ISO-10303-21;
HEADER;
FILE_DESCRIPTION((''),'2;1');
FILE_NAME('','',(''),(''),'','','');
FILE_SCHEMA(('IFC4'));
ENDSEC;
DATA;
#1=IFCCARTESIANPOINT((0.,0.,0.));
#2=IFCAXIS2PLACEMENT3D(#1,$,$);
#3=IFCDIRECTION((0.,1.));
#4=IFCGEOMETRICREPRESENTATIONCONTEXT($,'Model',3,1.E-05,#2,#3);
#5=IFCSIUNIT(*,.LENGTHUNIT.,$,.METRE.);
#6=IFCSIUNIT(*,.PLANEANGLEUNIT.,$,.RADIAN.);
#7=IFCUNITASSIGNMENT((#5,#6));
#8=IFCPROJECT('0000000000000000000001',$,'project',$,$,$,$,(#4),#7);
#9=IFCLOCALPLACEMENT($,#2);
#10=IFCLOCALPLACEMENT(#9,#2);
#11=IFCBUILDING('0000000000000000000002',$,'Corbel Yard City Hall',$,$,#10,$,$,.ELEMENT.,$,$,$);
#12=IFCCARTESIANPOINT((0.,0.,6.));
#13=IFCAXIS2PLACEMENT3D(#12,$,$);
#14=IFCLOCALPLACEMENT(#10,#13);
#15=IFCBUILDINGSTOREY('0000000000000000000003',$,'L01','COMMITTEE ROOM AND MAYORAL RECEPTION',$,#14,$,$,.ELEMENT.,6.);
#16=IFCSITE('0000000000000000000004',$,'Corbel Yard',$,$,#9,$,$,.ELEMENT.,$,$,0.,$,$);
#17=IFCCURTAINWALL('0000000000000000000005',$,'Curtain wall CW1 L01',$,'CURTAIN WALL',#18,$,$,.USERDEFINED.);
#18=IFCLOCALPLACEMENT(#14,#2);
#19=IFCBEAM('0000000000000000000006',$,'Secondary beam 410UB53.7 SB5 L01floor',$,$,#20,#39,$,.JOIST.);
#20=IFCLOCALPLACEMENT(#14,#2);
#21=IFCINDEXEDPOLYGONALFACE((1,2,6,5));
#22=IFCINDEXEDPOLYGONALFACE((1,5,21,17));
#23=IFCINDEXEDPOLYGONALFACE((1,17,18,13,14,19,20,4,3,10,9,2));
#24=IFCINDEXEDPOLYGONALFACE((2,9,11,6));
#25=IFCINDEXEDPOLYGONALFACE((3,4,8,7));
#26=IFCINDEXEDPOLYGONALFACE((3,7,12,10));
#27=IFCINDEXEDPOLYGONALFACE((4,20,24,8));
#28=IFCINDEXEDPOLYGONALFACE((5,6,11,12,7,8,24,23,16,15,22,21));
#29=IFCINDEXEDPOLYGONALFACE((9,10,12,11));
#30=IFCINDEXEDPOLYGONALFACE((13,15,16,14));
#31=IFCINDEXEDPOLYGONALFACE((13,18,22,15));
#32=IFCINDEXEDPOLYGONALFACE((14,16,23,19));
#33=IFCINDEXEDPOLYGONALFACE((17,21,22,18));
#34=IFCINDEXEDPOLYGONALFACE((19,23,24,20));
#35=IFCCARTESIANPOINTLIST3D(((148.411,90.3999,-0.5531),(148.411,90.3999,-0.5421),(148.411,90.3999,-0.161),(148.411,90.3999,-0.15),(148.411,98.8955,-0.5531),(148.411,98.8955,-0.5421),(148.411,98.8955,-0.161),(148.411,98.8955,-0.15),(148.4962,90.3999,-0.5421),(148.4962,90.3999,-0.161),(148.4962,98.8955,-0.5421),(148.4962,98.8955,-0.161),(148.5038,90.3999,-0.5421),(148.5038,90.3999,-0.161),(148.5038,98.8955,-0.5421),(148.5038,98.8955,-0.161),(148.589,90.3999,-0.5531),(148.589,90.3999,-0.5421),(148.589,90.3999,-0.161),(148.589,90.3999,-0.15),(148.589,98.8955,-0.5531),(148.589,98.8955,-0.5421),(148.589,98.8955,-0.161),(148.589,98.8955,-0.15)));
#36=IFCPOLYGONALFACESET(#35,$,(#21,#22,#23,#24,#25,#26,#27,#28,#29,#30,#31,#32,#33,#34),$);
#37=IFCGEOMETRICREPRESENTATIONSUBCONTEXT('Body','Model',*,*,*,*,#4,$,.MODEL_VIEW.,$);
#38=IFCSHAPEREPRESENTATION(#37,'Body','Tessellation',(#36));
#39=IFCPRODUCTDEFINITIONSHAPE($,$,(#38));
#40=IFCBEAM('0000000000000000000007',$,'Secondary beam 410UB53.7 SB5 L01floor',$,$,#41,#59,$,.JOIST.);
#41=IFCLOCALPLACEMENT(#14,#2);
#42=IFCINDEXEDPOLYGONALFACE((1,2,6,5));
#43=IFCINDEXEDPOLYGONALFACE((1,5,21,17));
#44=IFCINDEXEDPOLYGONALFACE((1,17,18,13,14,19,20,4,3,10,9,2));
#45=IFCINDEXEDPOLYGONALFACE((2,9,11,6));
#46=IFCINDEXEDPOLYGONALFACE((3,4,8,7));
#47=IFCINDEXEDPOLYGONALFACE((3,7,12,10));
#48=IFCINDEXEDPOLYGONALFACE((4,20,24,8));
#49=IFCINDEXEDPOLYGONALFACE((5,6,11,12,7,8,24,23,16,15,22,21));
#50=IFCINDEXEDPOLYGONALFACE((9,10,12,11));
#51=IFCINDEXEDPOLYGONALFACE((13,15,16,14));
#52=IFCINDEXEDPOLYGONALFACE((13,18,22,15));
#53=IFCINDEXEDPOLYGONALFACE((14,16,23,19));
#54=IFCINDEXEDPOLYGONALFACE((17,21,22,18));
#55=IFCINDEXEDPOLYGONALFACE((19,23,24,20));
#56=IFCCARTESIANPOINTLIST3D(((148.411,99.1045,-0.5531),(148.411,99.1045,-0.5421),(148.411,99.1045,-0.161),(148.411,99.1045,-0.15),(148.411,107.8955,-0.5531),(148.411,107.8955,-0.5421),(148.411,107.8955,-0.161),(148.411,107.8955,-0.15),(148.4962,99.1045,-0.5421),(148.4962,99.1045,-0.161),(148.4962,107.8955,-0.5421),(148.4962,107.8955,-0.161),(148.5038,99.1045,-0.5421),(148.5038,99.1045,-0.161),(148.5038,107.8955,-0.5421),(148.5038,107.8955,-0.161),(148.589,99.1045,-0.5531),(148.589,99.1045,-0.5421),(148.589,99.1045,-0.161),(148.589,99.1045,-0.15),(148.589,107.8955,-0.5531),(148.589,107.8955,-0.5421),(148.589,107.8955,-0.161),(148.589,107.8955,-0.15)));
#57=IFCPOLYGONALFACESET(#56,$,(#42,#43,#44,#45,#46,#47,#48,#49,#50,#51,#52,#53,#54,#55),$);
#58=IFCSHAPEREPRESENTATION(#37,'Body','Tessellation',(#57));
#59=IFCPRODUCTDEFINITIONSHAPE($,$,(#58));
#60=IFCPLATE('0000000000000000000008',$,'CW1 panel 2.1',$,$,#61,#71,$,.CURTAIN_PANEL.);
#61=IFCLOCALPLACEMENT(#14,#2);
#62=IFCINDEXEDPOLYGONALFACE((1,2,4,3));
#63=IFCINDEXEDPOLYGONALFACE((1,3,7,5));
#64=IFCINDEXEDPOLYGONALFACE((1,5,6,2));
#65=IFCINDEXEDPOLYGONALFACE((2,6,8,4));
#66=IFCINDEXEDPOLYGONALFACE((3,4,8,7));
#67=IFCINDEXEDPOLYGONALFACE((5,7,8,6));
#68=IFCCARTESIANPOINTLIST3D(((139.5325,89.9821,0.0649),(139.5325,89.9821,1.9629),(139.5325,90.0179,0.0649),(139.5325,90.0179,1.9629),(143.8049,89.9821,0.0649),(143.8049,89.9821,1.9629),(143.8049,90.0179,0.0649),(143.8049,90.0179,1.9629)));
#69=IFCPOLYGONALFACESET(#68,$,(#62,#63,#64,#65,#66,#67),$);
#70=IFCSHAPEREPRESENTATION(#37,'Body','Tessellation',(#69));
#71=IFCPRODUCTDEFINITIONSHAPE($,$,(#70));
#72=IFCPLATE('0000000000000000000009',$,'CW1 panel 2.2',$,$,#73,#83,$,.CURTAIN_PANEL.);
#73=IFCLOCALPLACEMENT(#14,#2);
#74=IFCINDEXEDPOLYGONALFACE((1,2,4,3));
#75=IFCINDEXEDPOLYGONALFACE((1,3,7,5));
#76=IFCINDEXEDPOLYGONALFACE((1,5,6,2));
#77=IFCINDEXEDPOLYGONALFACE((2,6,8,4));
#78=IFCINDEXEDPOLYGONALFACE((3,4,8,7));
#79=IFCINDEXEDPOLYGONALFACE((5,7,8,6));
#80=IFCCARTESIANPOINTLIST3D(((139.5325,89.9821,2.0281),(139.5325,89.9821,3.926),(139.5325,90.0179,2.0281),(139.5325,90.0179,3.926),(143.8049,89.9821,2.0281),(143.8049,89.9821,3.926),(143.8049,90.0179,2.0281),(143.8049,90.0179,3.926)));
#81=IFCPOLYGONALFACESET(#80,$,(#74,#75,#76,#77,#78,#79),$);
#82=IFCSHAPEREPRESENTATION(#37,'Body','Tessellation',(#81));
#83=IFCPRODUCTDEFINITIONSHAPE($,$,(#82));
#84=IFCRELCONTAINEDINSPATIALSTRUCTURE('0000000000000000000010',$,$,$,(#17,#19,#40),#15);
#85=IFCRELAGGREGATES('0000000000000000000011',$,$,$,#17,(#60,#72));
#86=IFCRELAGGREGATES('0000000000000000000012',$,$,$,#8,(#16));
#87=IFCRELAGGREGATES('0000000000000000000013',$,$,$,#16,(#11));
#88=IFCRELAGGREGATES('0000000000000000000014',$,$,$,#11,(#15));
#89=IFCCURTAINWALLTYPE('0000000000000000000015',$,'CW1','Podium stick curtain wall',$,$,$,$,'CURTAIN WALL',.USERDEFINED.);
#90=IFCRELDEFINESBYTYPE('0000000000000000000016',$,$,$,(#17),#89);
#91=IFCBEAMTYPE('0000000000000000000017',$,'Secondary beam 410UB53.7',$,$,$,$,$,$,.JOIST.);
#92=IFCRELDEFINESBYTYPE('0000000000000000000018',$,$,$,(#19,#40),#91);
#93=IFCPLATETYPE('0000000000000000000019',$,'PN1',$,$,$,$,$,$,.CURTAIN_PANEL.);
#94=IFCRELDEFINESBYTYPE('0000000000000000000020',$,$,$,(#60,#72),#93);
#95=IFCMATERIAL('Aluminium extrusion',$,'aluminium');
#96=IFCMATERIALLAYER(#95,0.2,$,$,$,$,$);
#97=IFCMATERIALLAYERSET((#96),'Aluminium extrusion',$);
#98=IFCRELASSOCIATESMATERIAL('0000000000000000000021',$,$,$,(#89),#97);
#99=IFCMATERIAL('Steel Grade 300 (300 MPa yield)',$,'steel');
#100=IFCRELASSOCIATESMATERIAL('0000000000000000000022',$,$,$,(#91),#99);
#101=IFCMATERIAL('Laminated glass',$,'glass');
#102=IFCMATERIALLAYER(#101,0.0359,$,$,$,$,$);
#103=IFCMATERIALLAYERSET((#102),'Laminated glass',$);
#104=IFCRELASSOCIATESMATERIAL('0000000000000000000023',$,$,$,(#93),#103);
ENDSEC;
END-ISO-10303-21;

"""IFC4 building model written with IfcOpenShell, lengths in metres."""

from ifc_helpers import new_model, si_unit, direction, frame, origin, origin_2d, place, context, subcontext, project, spatial, rectangle, i_section, extrude, material, layer, layer_set, material_profile, profile_set, type_object, element, aggregate, save


model = new_model("IFC4")

# Units and contexts
model_context = context("Model", 3, precision=1e-05, world=origin(), true_north=direction((0.0, 1.0)))
body_context = subcontext(model_context, "Body", "Model", "MODEL_VIEW")
ifc_project = project(units=[si_unit("LENGTHUNIT", "METRE"), si_unit("PLANEANGLEUNIT", "RADIAN")], contexts=[model_context])

# Site, building, storey
site_placement = place(None, origin())
site = spatial("IfcSite", under=ifc_project, at=site_placement, Name="Corbel Yard", CompositionType="ELEMENT", RefElevation=0.0)
building_placement = place(site_placement, origin())
building = spatial("IfcBuilding", under=site, at=building_placement, Name="Corbel Yard City Hall", CompositionType="ELEMENT")
storey_placement = place(building_placement, frame((0.0, 0.0, 6.0)))
storey = spatial("IfcBuildingStorey", under=building, at=storey_placement, Name="L01", Description="COMMITTEE ROOM AND MAYORAL RECEPTION", CompositionType="ELEMENT", Elevation=6.0)

# Shared definitions
ifc_material_1 = material(Name="Steel Grade 300 (300 MPa yield)", Category="steel")

# Curtain wall
ifc_material_2 = material(Name="Aluminium extrusion", Category="aluminium")
ifc_layer_1 = layer(ifc_material_2, 0.2)
ifc_layer_set_1 = layer_set([ifc_layer_1], Name="Aluminium extrusion")
curtain_wall_type = type_object("IfcCurtainWallType", Name="CW1", Description="Podium stick curtain wall", ElementType="CURTAIN WALL", PredefinedType="USERDEFINED", material=ifc_layer_set_1)
curtain_wall_placement = place(storey_placement, origin())
curtain_wall = element("IfcCurtainWall", 1, at=curtain_wall_placement, inside=storey, type_object=curtain_wall_type, Name="Curtain wall CW1 L01", ObjectType="CURTAIN WALL", PredefinedType="USERDEFINED")

# Beams
ifc_material_profile_1 = material_profile(ifc_material_1, i_section(OverallWidth=0.178, OverallDepth=0.4031, WebThickness=0.0076, FlangeThickness=0.011, at=origin_2d()), Name="410UB53.7")
ifc_profile_set_1 = profile_set([ifc_material_profile_1], Name="Steel Grade 300 (300 MPa yield)")
beam_type_1 = type_object("IfcBeamType", Name="Secondary beam 410UB53.7", PredefinedType="JOIST", material=ifc_profile_set_1)
beam_1_placement = place(storey_placement, frame((148.5, 90.3999, -0.3516), z_axis=(0.0, 1.0, 0.0), x_axis=(-1.0, 0.0, 0.0)))
element("IfcBeam", 2, at=beam_1_placement, inside=storey, type_object=beam_type_1, Name="Secondary beam 410UB53.7 SB5 L01floor", PredefinedType="JOIST", context=body_context, shape_type="SweptSolid", body=[
    extrude(i_section(OverallWidth=0.178, OverallDepth=0.4031, WebThickness=0.0076, FlangeThickness=0.011, at=origin_2d()), origin(), (0.0, 0.0, 1.0), 8.4956),
])
beam_2_placement = place(storey_placement, frame((148.5, 99.1045, -0.3516), z_axis=(0.0, 1.0, 0.0), x_axis=(-1.0, 0.0, 0.0)))
element("IfcBeam", 3, at=beam_2_placement, inside=storey, type_object=beam_type_1, Name="Secondary beam 410UB53.7 SB5 L01floor", PredefinedType="JOIST", context=body_context, shape_type="SweptSolid", body=[
    extrude(i_section(OverallWidth=0.178, OverallDepth=0.4031, WebThickness=0.0076, FlangeThickness=0.011, at=origin_2d()), origin(), (0.0, 0.0, 1.0), 8.791),
])

# Plates
ifc_material_3 = material(Name="Laminated glass", Category="glass")
ifc_layer_2 = layer(ifc_material_3, 0.0359)
ifc_layer_set_2 = layer_set([ifc_layer_2], Name="Laminated glass")
plate_type = type_object("IfcPlateType", Name="PN1", PredefinedType="CURTAIN_PANEL", material=ifc_layer_set_2)
plate_1_placement = place(storey_placement, frame((141.6687, 90.0, 0.0649), z_axis=(0.0, 0.0, 1.0), x_axis=(1.0, 0.0, 0.0)))
plate_1 = element("IfcPlate", 4, at=plate_1_placement, type_object=plate_type, Name="CW1 panel 2.1", PredefinedType="CURTAIN_PANEL", context=body_context, shape_type="SweptSolid", body=[
    extrude(rectangle(XDim=4.2725, YDim=0.0359, at=origin_2d()), origin(), (0.0, 0.0, 1.0), 1.8979),
])
plate_2_placement = place(storey_placement, frame((141.6687, 90.0, 2.0281), z_axis=(0.0, 0.0, 1.0), x_axis=(1.0, 0.0, 0.0)))
plate_2 = element("IfcPlate", 5, at=plate_2_placement, type_object=plate_type, Name="CW1 panel 2.2", PredefinedType="CURTAIN_PANEL", context=body_context, shape_type="SweptSolid", body=[
    extrude(rectangle(XDim=4.2725, YDim=0.0359, at=origin_2d()), origin(), (0.0, 0.0, 1.0), 1.8979),
])
aggregate(curtain_wall, [plate_1, plate_2])

save(model, "model.ifc")
